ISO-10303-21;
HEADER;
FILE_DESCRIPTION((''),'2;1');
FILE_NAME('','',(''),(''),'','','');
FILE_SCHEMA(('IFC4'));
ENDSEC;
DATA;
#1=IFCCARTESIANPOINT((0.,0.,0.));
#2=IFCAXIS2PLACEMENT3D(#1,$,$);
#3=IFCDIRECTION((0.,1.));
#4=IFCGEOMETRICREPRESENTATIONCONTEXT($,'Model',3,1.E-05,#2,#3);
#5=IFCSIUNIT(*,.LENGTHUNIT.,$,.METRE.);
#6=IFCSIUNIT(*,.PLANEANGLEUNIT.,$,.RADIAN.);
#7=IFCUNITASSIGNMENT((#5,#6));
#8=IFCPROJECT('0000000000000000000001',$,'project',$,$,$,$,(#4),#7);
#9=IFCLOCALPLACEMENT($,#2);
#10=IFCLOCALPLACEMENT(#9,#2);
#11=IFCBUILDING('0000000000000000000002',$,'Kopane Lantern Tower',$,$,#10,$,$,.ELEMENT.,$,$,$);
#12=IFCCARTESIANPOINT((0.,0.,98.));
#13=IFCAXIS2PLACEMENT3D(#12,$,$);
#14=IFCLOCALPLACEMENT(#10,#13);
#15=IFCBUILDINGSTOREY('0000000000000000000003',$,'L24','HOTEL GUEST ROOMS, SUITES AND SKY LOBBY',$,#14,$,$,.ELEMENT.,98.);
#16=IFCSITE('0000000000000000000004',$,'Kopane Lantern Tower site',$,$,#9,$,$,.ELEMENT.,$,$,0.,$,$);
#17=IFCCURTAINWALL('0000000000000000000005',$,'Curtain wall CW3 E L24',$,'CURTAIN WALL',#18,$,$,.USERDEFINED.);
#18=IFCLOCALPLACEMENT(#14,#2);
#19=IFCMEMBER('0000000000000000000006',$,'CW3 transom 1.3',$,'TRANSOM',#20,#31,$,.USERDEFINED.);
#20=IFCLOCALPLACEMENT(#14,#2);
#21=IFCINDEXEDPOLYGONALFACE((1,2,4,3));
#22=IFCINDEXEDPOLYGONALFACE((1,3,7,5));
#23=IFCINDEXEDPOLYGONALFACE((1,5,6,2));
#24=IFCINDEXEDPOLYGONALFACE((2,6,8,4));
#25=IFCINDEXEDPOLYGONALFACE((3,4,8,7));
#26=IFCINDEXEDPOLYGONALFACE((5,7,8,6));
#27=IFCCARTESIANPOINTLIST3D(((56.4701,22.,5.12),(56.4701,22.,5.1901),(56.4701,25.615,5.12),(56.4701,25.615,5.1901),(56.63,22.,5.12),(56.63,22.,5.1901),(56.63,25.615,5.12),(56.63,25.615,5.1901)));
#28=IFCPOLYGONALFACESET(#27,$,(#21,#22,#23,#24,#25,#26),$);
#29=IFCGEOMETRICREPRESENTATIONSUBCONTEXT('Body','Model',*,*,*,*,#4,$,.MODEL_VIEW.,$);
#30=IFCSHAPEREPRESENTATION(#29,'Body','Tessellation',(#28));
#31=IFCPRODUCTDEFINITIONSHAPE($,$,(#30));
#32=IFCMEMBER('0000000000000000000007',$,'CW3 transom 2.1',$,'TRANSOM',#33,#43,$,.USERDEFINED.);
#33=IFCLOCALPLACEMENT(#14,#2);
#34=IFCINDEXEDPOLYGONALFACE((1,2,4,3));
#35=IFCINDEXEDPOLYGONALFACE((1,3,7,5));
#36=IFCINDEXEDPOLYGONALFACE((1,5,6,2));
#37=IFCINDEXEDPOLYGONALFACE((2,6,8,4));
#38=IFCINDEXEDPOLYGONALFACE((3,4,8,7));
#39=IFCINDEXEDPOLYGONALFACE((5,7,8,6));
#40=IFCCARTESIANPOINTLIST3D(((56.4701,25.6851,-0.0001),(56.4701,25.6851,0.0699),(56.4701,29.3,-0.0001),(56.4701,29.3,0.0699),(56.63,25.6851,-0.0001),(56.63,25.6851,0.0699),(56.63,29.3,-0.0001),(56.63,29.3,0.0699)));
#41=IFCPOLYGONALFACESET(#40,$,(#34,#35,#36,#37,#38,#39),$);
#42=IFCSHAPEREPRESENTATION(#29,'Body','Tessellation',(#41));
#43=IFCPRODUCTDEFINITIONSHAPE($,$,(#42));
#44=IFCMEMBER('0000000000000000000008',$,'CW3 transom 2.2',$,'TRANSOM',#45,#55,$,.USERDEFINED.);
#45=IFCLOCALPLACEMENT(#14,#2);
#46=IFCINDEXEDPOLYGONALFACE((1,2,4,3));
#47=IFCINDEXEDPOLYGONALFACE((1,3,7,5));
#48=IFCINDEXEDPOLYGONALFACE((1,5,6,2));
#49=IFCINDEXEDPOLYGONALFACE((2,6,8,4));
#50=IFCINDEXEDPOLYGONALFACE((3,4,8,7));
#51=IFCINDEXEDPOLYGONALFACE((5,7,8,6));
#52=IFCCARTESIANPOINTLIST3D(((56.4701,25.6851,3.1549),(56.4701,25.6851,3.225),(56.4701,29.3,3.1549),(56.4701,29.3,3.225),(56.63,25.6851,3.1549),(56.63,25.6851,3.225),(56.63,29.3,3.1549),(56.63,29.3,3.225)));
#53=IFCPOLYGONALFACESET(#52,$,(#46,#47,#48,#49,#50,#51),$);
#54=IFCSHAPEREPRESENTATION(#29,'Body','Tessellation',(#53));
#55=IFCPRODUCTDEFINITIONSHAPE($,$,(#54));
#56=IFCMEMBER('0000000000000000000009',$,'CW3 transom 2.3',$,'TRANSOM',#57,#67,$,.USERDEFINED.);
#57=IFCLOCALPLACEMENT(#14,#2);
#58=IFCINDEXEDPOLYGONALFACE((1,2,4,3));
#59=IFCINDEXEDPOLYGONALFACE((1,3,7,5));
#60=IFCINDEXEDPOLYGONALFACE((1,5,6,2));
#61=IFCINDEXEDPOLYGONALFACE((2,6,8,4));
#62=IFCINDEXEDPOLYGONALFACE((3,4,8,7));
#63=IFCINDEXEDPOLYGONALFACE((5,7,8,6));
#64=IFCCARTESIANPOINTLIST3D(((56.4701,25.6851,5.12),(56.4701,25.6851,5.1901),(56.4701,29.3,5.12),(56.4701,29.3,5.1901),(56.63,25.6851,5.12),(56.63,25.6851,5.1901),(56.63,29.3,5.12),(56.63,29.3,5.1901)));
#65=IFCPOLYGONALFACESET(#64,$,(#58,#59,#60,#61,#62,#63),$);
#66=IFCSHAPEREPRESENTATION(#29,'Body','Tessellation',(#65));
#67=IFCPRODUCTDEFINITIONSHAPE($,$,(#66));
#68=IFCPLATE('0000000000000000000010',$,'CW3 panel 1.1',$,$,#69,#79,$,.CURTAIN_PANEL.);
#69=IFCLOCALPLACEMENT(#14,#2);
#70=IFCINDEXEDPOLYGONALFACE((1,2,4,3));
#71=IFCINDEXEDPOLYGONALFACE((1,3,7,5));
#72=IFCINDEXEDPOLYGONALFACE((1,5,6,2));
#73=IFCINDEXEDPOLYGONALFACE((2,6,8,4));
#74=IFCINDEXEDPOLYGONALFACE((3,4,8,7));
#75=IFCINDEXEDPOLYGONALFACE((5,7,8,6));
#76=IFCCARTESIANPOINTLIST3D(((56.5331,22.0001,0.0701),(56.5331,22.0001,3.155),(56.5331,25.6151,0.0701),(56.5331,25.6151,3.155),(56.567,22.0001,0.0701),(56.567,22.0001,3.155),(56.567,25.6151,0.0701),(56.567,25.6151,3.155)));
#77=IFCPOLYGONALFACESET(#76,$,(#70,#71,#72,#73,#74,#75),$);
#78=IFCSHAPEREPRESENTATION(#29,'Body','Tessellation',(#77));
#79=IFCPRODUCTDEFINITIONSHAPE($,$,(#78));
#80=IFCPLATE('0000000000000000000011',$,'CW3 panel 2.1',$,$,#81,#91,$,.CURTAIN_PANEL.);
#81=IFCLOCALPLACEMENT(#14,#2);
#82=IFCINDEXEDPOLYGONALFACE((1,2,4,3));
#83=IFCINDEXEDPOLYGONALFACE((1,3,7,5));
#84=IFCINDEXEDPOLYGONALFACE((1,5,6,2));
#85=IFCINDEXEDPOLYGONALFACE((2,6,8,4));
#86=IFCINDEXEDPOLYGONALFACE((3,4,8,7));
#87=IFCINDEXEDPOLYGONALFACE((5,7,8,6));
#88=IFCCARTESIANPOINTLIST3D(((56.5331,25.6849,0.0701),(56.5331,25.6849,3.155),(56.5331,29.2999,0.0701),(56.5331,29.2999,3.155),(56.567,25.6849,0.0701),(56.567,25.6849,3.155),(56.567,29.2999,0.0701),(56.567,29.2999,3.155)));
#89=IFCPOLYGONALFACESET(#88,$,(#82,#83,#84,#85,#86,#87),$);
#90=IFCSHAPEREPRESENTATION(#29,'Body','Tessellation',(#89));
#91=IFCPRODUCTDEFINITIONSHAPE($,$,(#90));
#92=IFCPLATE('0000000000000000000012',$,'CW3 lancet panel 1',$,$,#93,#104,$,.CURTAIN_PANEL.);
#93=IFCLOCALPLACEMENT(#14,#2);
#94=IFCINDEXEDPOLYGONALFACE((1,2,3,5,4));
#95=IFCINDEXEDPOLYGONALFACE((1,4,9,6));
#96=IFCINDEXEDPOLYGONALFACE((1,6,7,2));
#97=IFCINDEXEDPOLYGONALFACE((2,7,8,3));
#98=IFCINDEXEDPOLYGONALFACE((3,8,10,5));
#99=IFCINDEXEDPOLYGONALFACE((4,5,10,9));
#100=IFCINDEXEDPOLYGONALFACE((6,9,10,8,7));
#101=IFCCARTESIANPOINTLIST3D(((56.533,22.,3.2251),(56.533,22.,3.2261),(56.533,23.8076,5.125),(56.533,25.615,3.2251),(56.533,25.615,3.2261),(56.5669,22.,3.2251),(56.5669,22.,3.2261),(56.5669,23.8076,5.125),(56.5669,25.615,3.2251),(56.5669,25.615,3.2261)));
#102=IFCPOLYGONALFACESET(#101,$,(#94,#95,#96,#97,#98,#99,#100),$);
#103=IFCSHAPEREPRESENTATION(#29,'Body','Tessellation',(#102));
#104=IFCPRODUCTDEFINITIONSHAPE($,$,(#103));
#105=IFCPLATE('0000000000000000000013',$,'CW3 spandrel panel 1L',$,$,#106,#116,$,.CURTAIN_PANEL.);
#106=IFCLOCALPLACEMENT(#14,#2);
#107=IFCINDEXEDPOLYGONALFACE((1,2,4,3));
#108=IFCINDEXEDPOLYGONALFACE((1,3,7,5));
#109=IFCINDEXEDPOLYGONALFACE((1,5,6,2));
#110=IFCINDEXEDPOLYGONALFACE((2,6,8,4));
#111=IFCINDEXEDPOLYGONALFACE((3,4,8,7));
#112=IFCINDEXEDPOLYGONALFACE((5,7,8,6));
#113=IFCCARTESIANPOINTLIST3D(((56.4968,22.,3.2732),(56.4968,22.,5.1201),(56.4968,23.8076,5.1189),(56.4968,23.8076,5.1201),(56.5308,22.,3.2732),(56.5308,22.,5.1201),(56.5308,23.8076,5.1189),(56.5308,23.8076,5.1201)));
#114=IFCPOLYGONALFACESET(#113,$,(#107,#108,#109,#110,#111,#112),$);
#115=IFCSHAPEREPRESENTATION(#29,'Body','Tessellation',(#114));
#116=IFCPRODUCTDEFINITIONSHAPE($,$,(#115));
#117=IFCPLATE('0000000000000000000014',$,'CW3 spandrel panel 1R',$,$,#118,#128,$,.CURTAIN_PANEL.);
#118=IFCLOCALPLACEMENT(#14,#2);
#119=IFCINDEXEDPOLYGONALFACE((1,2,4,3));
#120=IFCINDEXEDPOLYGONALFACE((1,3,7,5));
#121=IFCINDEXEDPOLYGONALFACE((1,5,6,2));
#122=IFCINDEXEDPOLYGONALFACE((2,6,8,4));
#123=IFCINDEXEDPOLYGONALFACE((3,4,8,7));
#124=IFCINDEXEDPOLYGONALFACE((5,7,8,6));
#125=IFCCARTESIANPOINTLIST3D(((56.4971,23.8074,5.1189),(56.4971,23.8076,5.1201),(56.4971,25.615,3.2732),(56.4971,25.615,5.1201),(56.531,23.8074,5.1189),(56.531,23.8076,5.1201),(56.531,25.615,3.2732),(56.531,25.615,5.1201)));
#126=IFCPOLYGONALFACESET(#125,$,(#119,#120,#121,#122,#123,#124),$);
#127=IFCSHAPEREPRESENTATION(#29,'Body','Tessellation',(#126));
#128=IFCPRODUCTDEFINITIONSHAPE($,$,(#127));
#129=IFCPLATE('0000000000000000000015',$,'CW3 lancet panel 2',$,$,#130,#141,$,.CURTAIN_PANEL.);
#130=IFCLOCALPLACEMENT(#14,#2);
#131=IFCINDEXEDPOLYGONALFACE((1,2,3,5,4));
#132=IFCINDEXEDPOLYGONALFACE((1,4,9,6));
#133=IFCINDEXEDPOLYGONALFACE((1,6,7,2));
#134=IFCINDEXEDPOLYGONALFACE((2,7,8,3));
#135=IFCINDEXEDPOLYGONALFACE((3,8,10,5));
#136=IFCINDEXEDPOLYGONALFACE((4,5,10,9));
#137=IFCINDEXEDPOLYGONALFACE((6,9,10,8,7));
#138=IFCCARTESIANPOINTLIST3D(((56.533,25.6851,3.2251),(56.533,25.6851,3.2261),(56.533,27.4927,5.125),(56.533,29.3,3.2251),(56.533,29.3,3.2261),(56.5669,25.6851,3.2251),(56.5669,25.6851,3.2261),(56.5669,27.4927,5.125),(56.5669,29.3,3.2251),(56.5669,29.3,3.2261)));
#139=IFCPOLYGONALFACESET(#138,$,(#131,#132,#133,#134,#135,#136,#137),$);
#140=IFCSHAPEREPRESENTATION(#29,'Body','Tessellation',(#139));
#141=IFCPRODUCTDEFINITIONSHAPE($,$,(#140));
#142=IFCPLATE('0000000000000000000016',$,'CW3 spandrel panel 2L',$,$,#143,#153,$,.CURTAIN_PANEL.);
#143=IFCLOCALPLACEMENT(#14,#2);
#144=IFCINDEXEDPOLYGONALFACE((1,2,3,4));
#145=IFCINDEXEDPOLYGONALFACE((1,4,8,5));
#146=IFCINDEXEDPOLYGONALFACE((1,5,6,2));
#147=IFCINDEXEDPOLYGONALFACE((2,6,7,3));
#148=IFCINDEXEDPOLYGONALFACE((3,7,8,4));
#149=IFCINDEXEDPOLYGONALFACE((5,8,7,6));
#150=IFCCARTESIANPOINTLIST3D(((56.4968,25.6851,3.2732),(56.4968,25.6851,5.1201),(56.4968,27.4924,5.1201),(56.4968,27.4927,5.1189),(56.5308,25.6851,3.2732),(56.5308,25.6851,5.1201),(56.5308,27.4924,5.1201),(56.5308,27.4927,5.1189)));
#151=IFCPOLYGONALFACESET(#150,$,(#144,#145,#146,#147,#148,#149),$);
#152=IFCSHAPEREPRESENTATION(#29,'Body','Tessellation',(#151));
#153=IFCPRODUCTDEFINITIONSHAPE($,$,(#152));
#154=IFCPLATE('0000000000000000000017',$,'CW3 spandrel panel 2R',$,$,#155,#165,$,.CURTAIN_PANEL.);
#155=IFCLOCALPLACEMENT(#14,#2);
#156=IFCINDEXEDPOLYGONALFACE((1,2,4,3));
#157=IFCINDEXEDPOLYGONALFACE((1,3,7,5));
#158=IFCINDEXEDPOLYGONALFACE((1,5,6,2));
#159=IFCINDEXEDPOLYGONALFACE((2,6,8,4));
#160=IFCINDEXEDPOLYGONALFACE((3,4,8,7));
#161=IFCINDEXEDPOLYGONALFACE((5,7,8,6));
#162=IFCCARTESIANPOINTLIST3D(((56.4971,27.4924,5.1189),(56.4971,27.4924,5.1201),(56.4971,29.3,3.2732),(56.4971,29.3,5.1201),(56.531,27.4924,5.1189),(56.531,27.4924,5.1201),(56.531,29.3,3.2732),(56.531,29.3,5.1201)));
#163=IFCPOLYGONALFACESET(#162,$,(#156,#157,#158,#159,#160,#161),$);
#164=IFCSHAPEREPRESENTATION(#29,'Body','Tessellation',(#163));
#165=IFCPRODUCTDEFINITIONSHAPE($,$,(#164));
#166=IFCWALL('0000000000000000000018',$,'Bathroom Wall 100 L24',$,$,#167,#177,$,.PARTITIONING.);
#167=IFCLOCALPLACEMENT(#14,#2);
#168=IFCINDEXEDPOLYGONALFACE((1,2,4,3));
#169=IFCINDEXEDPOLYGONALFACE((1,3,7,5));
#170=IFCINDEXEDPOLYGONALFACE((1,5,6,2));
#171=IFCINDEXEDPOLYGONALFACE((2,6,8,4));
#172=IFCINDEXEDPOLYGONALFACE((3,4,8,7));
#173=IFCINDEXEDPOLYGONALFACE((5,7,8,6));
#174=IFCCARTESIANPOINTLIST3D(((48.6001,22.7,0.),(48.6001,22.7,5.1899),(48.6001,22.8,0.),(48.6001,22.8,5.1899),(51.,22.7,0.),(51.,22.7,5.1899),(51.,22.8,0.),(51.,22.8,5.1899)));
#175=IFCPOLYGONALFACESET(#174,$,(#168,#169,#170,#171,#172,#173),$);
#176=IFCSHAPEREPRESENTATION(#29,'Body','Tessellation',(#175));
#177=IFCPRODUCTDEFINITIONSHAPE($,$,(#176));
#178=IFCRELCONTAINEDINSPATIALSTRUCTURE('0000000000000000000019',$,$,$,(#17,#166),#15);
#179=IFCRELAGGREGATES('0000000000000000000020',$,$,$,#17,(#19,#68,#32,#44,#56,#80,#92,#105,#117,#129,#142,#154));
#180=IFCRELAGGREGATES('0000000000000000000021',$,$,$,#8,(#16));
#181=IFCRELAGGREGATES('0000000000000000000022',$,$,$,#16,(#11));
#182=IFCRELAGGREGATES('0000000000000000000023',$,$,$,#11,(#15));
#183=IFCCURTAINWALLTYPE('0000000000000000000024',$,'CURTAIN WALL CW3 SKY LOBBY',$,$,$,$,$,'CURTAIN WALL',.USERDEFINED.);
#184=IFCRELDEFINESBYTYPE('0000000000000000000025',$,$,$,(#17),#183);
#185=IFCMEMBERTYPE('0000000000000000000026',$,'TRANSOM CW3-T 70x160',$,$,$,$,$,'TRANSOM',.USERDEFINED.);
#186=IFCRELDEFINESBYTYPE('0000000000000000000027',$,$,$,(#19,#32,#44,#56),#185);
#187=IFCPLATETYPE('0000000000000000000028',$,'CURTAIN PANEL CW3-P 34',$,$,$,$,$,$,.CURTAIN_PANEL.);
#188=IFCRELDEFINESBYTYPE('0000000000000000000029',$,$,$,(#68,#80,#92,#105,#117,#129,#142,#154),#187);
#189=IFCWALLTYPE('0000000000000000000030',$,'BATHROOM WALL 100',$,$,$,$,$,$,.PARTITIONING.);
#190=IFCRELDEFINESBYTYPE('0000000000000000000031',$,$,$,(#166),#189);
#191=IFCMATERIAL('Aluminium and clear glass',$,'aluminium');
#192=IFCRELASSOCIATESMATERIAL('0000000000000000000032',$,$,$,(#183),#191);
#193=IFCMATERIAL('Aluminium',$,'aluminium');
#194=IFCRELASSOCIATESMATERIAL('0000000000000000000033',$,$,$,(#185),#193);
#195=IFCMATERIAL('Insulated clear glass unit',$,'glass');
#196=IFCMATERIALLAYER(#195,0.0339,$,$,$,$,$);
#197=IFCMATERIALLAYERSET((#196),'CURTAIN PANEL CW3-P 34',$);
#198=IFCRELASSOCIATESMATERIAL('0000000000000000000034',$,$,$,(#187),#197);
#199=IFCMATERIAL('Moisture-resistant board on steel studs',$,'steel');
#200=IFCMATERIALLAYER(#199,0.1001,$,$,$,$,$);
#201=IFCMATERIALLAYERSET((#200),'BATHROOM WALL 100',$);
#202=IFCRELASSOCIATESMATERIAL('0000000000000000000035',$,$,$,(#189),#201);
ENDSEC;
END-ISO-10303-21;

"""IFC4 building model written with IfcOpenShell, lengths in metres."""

from ifc_helpers import new_model, si_unit, direction, frame, frame_2d, origin, origin_2d, place, context, subcontext, project, spatial, polyline, rectangle, outline, extrude, material, layer, layer_set, material_profile, profile_set, type_object, element, aggregate, save


model = new_model("IFC4")

# Units and contexts
model_context = context("Model", 3, precision=1e-05, world=origin(), true_north=direction((0.0, 1.0)))
body_context = subcontext(model_context, "Body", "Model", "MODEL_VIEW")
ifc_project = project(units=[si_unit("LENGTHUNIT", "METRE"), si_unit("PLANEANGLEUNIT", "RADIAN")], contexts=[model_context])

# Site, building, storey
site_placement = place(None, origin())
site = spatial("IfcSite", under=ifc_project, at=site_placement, Name="Kopane Lantern Tower site", CompositionType="ELEMENT", RefElevation=0.0)
building_placement = place(site_placement, origin())
building = spatial("IfcBuilding", under=site, at=building_placement, Name="Kopane Lantern Tower", CompositionType="ELEMENT")
storey_placement = place(building_placement, frame((0.0, 0.0, 98.0)))
storey = spatial("IfcBuildingStorey", under=building, at=storey_placement, Name="L24", Description="HOTEL GUEST ROOMS, SUITES AND SKY LOBBY", CompositionType="ELEMENT", Elevation=98.0)

# Curtain wall
ifc_material_1 = material(Name="Aluminium and clear glass", Category="aluminium")
curtain_wall_type = type_object("IfcCurtainWallType", Name="CURTAIN WALL CW3 SKY LOBBY", ElementType="CURTAIN WALL", PredefinedType="USERDEFINED", material=ifc_material_1)
curtain_wall_1_placement = place(storey_placement, origin())
curtain_wall_1 = element("IfcCurtainWall", 1, at=curtain_wall_1_placement, inside=storey, type_object=curtain_wall_type, Name="Curtain wall CW3 E L24", ObjectType="CURTAIN WALL", PredefinedType="USERDEFINED")

# Members
ifc_material_2 = material(Name="Aluminium", Category="aluminium")
ifc_material_profile_1 = material_profile(ifc_material_2, rectangle(XDim=0.1599, YDim=0.0701, at=origin_2d()), Name="AL 160x70")
ifc_profile_set_1 = profile_set([ifc_material_profile_1], Name="Aluminium")
member_type_1 = type_object("IfcMemberType", Name="TRANSOM CW3-T 70x160", ElementType="TRANSOM", PredefinedType="USERDEFINED", material=ifc_profile_set_1)
member_1_placement = place(storey_placement, frame((56.55, 22.0, 5.155), z_axis=(0.0, 1.0, 0.0), x_axis=(-1.0, 0.0, 0.0)))
member_1 = element("IfcMember", 2, at=member_1_placement, type_object=member_type_1, Name="CW3 transom 1.3", ObjectType="TRANSOM", PredefinedType="USERDEFINED", context=body_context, shape_type="SweptSolid", body=[
    extrude(rectangle(XDim=0.1599, YDim=0.0701, at=origin_2d()), origin(), (0.0, 0.0, 1.0), 3.615),
])
member_2_placement = place(storey_placement, frame((56.55, 25.6851, 0.0349), z_axis=(0.0, 1.0, 0.0), x_axis=(-1.0, 0.0, 0.0)))
member_2 = element("IfcMember", 3, at=member_2_placement, type_object=member_type_1, Name="CW3 transom 2.1", ObjectType="TRANSOM", PredefinedType="USERDEFINED", context=body_context, shape_type="SweptSolid", body=[
    extrude(rectangle(XDim=0.1599, YDim=0.0701, at=origin_2d()), origin(), (0.0, 0.0, 1.0), 3.615),
])
member_3_placement = place(storey_placement, frame((56.55, 25.6851, 3.1899), z_axis=(0.0, 1.0, 0.0), x_axis=(-1.0, 0.0, 0.0)))
member_3 = element("IfcMember", 4, at=member_3_placement, type_object=member_type_1, Name="CW3 transom 2.2", ObjectType="TRANSOM", PredefinedType="USERDEFINED", context=body_context, shape_type="SweptSolid", body=[
    extrude(rectangle(XDim=0.1599, YDim=0.0701, at=origin_2d()), origin(), (0.0, 0.0, 1.0), 3.615),
])
member_4_placement = place(storey_placement, frame((56.55, 25.6851, 5.155), z_axis=(0.0, 1.0, 0.0), x_axis=(-1.0, 0.0, 0.0)))
member_4 = element("IfcMember", 5, at=member_4_placement, type_object=member_type_1, Name="CW3 transom 2.3", ObjectType="TRANSOM", PredefinedType="USERDEFINED", context=body_context, shape_type="SweptSolid", body=[
    extrude(rectangle(XDim=0.1599, YDim=0.0701, at=origin_2d()), origin(), (0.0, 0.0, 1.0), 3.615),
])

# Plates
ifc_material_3 = material(Name="Insulated clear glass unit", Category="glass")
ifc_layer_1 = layer(ifc_material_3, 0.0339)
ifc_layer_set_1 = layer_set([ifc_layer_1], Name="CURTAIN PANEL CW3-P 34")
plate_type = type_object("IfcPlateType", Name="CURTAIN PANEL CW3-P 34", PredefinedType="CURTAIN_PANEL", material=ifc_layer_set_1)
plate_1_placement = place(storey_placement, frame((56.55, 23.8076, 0.0701), z_axis=(0.0, 0.0, 1.0), x_axis=(0.0, 1.0, 0.0)))
plate_1 = element("IfcPlate", 6, at=plate_1_placement, type_object=plate_type, Name="CW3 panel 1.1", PredefinedType="CURTAIN_PANEL", context=body_context, shape_type="SweptSolid", body=[
    extrude(rectangle(XDim=3.615, YDim=0.0339, at=origin_2d()), origin(), (0.0, 0.0, 1.0), 3.085),
])
plate_2_placement = place(storey_placement, frame((56.55, 27.4924, 0.0701), z_axis=(0.0, 0.0, 1.0), x_axis=(0.0, 1.0, 0.0)))
plate_2 = element("IfcPlate", 7, at=plate_2_placement, type_object=plate_type, Name="CW3 panel 2.1", PredefinedType="CURTAIN_PANEL", context=body_context, shape_type="SweptSolid", body=[
    extrude(rectangle(XDim=3.615, YDim=0.0339, at=origin_2d()), origin(), (0.0, 0.0, 1.0), 3.085),
])
plate_3_placement = place(storey_placement, frame((56.55, 22.0, 3.2251), z_axis=(0.0, 0.0, 1.0), x_axis=(0.0, 1.0, 0.0)))
plate_3 = element("IfcPlate", 8, at=plate_3_placement, type_object=plate_type, Name="CW3 lancet panel 1", PredefinedType="CURTAIN_PANEL", context=body_context, shape_type="SweptSolid", body=[
    extrude(outline(polyline([(0.0, 0.0), (3.615, 0.0), (3.615, 0.001), (1.8076, 1.8999), (0.0, 0.001), (0.0, 0.0)])), frame((0.0, 0.0171, 0.0), z_axis=(0.0, -1.0, 0.0), x_axis=(1.0, 0.0, 0.0)), (0.0, 0.0, 1.0), 0.0339),
])
plate_4_placement = place(storey_placement, frame((56.5139, 22.0, 5.1201), z_axis=(0.0, 0.0, 1.0), x_axis=(0.0, 1.0, 0.0)))
plate_4 = element("IfcPlate", 9, at=plate_4_placement, type_object=plate_type, Name="CW3 spandrel panel 1L", PredefinedType="CURTAIN_PANEL", context=body_context, shape_type="SweptSolid", body=[
    extrude(outline(polyline([(0.0, 0.0), (1.8076, 0.0), (1.8076, -0.0012), (0.0, -1.8469), (0.0, 0.0)])), frame((0.0, 0.0171, 0.0), z_axis=(0.0, -1.0, 0.0), x_axis=(1.0, 0.0, 0.0)), (0.0, 0.0, 1.0), 0.0339),
])
plate_5_placement = place(storey_placement, frame((56.5139, 25.615, 5.1201), z_axis=(0.0, 0.0, 1.0), x_axis=(0.0, -1.0, 0.0)))
plate_5 = element("IfcPlate", 10, at=plate_5_placement, type_object=plate_type, Name="CW3 spandrel panel 1R", PredefinedType="CURTAIN_PANEL", context=body_context, shape_type="SweptSolid", body=[
    extrude(outline(polyline([(0.0, 0.0), (1.8074, 0.0), (1.8076, -0.0012), (0.0, -1.8469), (0.0, 0.0)])), frame((0.0, 0.0171, 0.0), z_axis=(0.0, -1.0, 0.0), x_axis=(1.0, 0.0, 0.0)), (0.0, 0.0, 1.0), 0.0339),
])
plate_6_placement = place(storey_placement, frame((56.55, 25.6851, 3.2251), z_axis=(0.0, 0.0, 1.0), x_axis=(0.0, 1.0, 0.0)))
plate_6 = element("IfcPlate", 11, at=plate_6_placement, type_object=plate_type, Name="CW3 lancet panel 2", PredefinedType="CURTAIN_PANEL", context=body_context, shape_type="SweptSolid", body=[
    extrude(outline(polyline([(0.0, 0.0), (3.615, 0.0), (3.615, 0.001), (1.8076, 1.8999), (0.0, 0.001), (0.0, 0.0)])), frame((0.0, 0.0171, 0.0), z_axis=(0.0, -1.0, 0.0), x_axis=(1.0, 0.0, 0.0)), (0.0, 0.0, 1.0), 0.0339),
])
plate_7_placement = place(storey_placement, frame((56.5139, 25.6851, 5.1201), z_axis=(0.0, 0.0, 1.0), x_axis=(0.0, 1.0, 0.0)))
plate_7 = element("IfcPlate", 12, at=plate_7_placement, type_object=plate_type, Name="CW3 spandrel panel 2L", PredefinedType="CURTAIN_PANEL", context=body_context, shape_type="SweptSolid", body=[
    extrude(outline(polyline([(0.0, 0.0), (1.8074, 0.0), (1.8076, -0.0012), (0.0, -1.8469), (0.0, 0.0)])), frame((0.0, 0.0171, 0.0), z_axis=(0.0, -1.0, 0.0), x_axis=(1.0, 0.0, 0.0)), (0.0, 0.0, 1.0), 0.0339),
])
plate_8_placement = place(storey_placement, frame((56.5139, 29.3, 5.1201), z_axis=(0.0, 0.0, 1.0), x_axis=(0.0, -1.0, 0.0)))
plate_8 = element("IfcPlate", 13, at=plate_8_placement, type_object=plate_type, Name="CW3 spandrel panel 2R", PredefinedType="CURTAIN_PANEL", context=body_context, shape_type="SweptSolid", body=[
    extrude(outline(polyline([(0.0, 0.0), (1.8076, 0.0), (1.8076, -0.0012), (0.0, -1.8469), (0.0, 0.0)])), frame((0.0, 0.0171, 0.0), z_axis=(0.0, -1.0, 0.0), x_axis=(1.0, 0.0, 0.0)), (0.0, 0.0, 1.0), 0.0339),
])
aggregate(curtain_wall_1, [member_1, plate_1, member_2, member_3, member_4, plate_2, plate_3, plate_4, plate_5, plate_6, plate_7, plate_8])

# Wall
ifc_material_4 = material(Name="Moisture-resistant board on steel studs", Category="steel")
ifc_layer_2 = layer(ifc_material_4, 0.1001)
ifc_layer_set_2 = layer_set([ifc_layer_2], Name="BATHROOM WALL 100")
wall_type_1 = type_object("IfcWallType", Name="BATHROOM WALL 100", PredefinedType="PARTITIONING", material=ifc_layer_set_2)
wall_1_placement = place(storey_placement, frame((48.6001, 22.75, 0.0), z_axis=(0.0, 0.0, 1.0), x_axis=(1.0, 0.0, 0.0)))
element("IfcWall", 14, at=wall_1_placement, inside=storey, type_object=wall_type_1, Name="Bathroom Wall 100 L24", PredefinedType="PARTITIONING", context=body_context, shape_type="SweptSolid", body=[
    extrude(rectangle(XDim=2.3999, YDim=0.1001, at=frame_2d((1.2, 0.0))), origin(), (0.0, 0.0, 1.0), 5.1899),
])

save(model, "model.ifc")
